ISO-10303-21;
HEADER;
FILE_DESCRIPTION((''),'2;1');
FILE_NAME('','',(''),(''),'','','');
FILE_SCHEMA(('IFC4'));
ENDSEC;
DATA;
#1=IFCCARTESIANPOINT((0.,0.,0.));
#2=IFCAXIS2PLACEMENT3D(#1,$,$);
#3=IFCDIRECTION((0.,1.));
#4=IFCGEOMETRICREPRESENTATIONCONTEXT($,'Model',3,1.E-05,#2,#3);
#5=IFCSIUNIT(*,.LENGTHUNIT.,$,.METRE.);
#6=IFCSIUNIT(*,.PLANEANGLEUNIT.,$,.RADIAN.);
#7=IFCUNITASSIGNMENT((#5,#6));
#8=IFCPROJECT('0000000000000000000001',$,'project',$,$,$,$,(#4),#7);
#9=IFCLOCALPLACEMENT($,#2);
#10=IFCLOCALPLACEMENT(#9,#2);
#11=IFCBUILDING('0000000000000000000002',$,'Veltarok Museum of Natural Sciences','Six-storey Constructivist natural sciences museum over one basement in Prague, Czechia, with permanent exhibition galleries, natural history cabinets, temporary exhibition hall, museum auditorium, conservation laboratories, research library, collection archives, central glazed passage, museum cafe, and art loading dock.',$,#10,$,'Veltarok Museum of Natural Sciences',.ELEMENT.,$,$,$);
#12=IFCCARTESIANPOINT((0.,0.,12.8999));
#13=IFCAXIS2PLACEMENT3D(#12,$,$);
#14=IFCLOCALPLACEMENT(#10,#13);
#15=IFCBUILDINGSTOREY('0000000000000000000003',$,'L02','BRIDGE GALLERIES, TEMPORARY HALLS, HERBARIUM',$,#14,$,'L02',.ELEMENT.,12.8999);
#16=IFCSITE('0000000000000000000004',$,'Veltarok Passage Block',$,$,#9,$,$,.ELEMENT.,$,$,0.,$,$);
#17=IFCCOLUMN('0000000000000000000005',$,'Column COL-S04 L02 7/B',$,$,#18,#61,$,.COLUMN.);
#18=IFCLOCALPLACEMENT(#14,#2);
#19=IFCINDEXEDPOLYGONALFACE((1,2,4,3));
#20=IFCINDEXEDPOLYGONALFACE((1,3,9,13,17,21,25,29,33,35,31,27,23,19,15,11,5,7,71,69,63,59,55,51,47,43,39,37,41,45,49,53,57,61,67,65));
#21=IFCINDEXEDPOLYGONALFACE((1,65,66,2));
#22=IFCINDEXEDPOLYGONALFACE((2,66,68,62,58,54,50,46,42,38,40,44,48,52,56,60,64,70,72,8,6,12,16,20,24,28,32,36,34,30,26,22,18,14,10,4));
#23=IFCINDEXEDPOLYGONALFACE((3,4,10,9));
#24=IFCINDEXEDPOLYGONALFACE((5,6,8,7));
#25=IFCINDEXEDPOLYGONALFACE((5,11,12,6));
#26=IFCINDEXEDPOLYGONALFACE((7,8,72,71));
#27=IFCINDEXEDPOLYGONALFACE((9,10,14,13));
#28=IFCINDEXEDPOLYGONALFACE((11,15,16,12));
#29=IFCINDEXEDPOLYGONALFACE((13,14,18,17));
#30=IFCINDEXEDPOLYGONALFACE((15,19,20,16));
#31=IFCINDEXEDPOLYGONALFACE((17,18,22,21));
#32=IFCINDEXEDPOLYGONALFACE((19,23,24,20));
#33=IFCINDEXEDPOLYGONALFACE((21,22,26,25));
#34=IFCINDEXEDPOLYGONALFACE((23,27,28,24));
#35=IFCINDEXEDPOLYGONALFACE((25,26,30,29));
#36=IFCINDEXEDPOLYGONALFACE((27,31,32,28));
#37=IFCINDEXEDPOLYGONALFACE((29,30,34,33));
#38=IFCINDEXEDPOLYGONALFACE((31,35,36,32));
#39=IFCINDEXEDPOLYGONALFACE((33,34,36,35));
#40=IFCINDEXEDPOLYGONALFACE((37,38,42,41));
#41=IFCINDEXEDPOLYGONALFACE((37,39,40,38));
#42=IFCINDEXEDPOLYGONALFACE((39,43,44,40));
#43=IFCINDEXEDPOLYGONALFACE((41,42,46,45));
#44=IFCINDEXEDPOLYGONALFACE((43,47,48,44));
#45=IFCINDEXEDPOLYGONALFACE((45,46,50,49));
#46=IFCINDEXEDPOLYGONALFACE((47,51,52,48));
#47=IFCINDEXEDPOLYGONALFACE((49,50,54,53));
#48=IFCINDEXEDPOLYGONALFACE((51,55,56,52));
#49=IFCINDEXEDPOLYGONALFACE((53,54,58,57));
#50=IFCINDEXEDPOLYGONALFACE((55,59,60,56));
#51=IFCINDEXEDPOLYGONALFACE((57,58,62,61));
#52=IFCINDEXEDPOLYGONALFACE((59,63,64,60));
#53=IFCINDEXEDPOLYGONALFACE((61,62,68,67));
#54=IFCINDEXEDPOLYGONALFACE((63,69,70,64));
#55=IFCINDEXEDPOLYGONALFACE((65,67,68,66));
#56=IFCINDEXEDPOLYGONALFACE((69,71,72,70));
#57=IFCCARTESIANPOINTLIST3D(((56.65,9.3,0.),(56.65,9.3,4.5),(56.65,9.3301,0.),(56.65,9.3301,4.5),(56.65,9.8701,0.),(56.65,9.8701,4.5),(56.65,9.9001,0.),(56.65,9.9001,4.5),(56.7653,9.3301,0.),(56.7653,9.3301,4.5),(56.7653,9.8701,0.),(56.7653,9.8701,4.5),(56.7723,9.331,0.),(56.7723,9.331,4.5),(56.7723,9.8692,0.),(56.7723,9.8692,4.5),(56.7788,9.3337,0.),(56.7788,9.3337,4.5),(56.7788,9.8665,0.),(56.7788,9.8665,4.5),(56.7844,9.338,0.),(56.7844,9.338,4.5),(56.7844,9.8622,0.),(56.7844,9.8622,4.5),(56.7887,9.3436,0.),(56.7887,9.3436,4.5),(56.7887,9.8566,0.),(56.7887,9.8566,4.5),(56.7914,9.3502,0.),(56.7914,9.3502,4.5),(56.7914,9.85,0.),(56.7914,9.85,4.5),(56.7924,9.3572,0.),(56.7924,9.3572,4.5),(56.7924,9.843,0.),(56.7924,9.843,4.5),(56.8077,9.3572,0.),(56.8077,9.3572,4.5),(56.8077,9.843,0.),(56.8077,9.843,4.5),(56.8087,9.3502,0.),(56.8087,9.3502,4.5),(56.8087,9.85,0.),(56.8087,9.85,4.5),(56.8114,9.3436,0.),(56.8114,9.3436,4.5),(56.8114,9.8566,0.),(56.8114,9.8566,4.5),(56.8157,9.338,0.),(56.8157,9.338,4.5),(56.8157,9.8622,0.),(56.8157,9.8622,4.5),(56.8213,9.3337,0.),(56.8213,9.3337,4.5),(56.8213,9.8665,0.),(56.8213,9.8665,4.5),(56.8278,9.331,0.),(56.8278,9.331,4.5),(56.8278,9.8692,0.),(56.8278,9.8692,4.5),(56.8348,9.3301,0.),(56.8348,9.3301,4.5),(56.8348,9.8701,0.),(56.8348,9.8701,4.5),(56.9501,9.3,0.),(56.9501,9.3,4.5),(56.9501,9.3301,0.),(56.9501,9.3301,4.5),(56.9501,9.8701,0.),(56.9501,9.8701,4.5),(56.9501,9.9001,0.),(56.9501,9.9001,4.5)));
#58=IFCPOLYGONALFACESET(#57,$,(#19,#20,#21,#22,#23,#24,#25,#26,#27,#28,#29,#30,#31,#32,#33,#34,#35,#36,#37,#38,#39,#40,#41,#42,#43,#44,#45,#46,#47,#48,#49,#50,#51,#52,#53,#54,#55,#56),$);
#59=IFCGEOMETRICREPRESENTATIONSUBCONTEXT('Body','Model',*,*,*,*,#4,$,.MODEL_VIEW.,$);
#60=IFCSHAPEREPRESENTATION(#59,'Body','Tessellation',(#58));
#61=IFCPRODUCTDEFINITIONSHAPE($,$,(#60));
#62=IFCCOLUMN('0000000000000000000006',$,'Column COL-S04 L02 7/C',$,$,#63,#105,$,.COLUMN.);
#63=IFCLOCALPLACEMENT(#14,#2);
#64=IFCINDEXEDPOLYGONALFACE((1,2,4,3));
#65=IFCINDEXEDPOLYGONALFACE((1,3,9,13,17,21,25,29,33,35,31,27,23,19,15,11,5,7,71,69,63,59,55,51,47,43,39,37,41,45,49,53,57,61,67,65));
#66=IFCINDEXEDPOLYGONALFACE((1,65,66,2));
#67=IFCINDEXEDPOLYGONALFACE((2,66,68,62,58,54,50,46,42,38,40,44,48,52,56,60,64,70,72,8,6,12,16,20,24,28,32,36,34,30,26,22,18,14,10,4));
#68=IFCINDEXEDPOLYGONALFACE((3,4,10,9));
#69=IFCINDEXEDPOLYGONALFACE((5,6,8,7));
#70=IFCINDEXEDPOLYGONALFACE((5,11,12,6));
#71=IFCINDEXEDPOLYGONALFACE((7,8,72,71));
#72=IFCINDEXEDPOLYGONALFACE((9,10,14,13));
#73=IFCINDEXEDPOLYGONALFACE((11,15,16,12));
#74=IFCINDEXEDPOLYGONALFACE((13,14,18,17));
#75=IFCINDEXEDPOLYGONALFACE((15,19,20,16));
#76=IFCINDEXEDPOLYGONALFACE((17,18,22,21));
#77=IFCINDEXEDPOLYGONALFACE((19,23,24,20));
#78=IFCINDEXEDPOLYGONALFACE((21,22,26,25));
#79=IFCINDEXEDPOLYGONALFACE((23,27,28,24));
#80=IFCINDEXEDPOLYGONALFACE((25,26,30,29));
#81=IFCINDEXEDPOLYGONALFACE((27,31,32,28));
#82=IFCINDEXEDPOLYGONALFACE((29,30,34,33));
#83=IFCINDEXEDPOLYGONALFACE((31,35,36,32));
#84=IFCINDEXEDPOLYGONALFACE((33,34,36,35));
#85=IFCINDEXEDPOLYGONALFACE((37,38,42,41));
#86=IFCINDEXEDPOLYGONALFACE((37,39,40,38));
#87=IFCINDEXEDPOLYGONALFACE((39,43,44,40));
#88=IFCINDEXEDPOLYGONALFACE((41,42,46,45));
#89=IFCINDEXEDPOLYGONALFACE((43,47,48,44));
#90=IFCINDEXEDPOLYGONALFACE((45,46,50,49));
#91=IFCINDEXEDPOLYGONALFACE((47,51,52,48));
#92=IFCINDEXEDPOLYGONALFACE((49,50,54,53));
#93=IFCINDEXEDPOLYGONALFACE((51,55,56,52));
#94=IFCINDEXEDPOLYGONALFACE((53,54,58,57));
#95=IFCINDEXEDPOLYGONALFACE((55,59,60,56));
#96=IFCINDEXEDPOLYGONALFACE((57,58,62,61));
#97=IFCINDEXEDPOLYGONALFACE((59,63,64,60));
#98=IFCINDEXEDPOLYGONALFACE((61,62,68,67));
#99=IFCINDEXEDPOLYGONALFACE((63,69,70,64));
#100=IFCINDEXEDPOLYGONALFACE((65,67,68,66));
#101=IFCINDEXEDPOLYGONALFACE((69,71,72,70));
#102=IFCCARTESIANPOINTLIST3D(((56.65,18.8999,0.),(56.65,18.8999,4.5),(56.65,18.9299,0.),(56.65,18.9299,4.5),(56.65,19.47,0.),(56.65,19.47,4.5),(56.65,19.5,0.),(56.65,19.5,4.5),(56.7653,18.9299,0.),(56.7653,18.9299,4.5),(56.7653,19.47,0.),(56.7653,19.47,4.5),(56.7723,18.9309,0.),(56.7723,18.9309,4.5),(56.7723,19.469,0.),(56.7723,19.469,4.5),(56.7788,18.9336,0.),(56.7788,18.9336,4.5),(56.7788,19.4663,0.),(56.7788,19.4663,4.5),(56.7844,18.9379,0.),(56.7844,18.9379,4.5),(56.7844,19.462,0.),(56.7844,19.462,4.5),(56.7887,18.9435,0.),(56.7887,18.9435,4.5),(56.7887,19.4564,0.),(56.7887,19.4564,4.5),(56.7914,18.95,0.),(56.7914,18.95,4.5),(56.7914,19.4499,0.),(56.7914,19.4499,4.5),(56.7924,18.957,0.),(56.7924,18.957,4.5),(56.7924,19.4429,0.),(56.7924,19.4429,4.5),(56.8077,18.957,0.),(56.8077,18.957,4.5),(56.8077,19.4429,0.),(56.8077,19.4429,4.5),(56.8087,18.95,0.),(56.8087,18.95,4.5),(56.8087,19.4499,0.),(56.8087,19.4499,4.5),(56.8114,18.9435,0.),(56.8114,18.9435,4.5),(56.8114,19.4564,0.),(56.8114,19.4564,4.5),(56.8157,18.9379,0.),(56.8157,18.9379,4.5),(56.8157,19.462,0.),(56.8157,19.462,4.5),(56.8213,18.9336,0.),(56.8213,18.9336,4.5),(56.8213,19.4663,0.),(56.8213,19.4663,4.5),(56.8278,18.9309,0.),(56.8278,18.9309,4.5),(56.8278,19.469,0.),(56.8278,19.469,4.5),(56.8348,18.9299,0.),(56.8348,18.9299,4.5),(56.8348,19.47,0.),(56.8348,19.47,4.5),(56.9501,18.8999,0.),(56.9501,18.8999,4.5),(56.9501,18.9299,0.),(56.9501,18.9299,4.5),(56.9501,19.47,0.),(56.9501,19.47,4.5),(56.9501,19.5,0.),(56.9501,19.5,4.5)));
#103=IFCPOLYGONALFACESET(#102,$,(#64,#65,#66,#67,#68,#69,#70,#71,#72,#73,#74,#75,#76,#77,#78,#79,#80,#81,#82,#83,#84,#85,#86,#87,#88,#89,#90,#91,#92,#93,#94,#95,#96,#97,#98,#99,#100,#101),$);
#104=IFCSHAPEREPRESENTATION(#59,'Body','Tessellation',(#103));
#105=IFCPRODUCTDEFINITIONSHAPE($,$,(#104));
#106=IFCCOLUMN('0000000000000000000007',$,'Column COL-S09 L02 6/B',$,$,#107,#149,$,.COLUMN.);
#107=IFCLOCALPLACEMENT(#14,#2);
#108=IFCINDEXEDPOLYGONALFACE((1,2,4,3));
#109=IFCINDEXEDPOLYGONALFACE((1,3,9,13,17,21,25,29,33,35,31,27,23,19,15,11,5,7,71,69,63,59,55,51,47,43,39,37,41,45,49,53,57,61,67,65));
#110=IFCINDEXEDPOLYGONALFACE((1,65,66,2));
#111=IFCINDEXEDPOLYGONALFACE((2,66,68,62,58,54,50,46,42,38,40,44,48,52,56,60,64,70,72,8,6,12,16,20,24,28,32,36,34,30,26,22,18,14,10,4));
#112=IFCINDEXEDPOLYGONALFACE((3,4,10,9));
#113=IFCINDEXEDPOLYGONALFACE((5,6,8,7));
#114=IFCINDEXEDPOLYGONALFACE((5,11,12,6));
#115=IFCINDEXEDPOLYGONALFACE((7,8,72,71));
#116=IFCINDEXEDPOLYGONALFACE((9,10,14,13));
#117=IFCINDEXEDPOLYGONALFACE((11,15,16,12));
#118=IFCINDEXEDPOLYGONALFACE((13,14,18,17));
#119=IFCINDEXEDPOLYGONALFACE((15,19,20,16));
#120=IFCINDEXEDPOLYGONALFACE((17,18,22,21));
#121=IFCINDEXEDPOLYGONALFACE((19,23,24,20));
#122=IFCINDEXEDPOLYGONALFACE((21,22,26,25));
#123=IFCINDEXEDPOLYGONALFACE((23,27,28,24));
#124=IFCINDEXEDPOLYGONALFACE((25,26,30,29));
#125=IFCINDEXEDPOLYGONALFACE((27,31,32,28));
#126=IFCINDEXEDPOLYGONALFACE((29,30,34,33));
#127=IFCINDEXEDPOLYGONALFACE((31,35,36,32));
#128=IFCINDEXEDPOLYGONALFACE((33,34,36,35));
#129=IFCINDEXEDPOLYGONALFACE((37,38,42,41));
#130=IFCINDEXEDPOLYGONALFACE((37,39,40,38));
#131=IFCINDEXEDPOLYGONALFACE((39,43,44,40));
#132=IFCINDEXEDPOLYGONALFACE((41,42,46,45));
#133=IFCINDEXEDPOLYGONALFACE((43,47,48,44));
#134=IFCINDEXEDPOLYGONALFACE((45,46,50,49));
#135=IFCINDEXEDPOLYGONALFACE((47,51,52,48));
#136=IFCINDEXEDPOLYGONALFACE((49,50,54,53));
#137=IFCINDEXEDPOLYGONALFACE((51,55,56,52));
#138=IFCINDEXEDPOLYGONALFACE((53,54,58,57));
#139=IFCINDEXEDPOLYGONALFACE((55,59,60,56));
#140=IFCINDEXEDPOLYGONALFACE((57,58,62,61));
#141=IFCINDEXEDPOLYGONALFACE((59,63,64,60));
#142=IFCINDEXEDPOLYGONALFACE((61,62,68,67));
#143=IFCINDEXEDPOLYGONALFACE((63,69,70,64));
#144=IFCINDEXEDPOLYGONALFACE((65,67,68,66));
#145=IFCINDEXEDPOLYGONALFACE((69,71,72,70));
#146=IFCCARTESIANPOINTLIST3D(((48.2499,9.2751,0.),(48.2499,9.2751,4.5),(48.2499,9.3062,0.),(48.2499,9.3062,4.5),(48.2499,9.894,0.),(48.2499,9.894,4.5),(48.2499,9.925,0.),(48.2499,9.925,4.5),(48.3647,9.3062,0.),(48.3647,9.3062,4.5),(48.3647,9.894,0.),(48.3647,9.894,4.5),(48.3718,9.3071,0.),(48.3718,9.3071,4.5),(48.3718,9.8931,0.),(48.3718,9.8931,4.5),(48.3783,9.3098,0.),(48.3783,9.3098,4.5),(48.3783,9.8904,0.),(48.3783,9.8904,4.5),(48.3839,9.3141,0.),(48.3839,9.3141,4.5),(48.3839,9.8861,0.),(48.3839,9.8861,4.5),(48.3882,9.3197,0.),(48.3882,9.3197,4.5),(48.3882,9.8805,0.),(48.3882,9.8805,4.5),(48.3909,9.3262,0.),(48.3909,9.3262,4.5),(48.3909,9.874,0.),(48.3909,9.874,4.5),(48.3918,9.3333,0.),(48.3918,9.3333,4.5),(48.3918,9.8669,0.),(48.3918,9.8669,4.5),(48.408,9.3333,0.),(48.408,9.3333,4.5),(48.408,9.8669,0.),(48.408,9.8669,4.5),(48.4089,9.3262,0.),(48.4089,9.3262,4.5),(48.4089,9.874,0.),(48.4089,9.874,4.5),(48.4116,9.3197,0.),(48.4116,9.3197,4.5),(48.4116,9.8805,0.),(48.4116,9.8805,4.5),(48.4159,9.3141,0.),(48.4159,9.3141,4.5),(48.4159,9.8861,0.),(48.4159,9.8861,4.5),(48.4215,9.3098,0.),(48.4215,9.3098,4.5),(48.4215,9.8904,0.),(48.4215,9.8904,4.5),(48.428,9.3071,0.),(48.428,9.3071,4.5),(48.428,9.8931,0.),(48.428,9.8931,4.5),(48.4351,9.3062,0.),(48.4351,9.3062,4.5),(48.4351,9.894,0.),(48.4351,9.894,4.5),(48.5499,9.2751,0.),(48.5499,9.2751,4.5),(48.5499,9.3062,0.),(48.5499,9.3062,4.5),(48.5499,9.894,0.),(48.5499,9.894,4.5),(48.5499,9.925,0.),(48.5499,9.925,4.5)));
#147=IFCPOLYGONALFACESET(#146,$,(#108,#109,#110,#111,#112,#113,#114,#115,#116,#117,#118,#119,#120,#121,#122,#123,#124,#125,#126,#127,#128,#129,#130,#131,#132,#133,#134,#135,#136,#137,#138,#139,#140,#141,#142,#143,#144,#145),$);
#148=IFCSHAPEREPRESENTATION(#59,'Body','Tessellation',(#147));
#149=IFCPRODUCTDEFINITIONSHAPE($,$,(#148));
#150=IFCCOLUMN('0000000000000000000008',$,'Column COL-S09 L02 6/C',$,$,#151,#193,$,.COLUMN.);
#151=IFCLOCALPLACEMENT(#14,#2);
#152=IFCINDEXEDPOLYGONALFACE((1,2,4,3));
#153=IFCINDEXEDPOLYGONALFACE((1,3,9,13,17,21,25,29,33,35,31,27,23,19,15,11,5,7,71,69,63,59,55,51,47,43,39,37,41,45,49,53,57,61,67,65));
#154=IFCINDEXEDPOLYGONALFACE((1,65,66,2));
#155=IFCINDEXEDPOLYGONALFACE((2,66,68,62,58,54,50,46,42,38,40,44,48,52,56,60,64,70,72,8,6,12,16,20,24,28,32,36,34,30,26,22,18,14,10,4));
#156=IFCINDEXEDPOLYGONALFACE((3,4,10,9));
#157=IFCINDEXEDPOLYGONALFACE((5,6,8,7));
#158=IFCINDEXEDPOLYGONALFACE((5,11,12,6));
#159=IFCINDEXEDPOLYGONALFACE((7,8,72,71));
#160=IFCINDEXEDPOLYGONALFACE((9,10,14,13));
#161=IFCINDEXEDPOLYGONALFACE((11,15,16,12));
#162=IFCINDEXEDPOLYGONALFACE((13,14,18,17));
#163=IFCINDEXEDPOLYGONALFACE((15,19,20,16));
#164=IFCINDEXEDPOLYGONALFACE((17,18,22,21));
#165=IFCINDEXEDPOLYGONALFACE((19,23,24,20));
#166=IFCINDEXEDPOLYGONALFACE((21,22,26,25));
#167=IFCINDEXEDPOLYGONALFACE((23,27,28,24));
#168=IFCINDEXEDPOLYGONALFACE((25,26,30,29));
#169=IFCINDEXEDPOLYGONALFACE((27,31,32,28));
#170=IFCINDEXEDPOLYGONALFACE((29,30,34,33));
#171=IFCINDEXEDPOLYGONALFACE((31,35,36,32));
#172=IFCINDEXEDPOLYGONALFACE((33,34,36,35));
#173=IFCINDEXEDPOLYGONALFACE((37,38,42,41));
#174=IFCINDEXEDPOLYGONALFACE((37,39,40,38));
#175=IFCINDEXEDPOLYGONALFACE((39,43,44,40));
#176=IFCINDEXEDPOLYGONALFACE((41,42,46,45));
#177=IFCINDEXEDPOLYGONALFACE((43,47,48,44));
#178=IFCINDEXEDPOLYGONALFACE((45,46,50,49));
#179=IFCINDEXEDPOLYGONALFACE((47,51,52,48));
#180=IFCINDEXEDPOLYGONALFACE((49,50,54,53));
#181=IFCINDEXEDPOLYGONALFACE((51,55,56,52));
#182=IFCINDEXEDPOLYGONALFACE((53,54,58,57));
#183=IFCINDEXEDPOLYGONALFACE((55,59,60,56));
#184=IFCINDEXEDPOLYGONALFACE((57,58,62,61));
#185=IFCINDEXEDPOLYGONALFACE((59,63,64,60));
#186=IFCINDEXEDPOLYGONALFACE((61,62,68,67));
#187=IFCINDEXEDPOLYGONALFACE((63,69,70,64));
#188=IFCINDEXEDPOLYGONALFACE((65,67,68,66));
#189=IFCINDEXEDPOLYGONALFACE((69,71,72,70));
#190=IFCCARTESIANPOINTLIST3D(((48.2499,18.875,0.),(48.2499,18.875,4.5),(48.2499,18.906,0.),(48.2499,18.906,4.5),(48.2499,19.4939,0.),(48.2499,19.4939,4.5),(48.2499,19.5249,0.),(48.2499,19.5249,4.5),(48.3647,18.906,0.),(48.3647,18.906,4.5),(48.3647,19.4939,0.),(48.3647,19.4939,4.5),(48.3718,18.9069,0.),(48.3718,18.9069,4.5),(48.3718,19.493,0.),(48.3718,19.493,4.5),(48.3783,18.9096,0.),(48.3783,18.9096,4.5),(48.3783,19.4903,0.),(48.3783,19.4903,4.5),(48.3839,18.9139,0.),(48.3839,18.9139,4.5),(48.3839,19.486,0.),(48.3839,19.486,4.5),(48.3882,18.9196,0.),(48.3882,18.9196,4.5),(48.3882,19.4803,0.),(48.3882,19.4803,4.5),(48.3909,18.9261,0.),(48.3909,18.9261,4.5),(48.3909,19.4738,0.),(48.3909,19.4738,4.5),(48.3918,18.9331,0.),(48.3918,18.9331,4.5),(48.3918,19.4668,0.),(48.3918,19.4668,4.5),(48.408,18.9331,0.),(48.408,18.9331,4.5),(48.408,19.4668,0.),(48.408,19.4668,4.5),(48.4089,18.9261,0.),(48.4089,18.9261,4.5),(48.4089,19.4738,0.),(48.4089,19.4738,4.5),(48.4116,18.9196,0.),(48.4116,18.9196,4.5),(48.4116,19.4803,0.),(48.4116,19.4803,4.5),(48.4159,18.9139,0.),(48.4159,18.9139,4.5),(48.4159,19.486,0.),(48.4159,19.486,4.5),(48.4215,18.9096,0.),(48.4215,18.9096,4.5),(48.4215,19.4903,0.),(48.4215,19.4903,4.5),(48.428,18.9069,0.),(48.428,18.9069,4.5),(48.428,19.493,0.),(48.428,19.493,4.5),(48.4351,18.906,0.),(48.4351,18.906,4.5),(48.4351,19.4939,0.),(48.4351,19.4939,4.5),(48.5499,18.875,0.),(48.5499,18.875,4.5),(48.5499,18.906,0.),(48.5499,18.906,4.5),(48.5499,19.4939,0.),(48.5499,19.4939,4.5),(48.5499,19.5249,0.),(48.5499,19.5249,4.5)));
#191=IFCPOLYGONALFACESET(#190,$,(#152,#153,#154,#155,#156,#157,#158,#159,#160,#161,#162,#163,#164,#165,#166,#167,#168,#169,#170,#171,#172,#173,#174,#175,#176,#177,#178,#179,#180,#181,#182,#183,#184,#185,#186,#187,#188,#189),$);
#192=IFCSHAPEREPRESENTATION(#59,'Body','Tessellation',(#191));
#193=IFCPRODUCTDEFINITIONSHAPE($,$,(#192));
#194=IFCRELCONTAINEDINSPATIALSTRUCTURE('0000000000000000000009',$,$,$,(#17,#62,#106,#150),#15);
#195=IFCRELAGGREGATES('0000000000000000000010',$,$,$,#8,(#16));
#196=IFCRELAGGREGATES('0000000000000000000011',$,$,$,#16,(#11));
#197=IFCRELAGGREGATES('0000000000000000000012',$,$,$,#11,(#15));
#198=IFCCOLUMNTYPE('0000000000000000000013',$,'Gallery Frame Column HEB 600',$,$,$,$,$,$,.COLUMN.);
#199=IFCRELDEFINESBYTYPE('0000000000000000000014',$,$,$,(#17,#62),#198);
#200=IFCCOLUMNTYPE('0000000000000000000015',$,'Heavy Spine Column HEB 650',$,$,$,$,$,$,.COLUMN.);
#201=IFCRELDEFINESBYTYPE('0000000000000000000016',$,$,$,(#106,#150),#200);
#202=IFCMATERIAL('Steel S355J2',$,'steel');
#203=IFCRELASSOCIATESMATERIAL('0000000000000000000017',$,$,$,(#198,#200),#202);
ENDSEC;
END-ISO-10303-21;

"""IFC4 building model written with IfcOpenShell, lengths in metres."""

from ifc_helpers import new_model, si_unit, direction, frame, origin, origin_2d, place, context, subcontext, project, spatial, i_section, extrude, material, material_profile, profile_set, type_object, element, save


model = new_model("IFC4")

# Units and contexts
model_context = context("Model", 3, precision=1e-05, world=origin(), true_north=direction((0.0, 1.0)))
body_context = subcontext(model_context, "Body", "Model", "MODEL_VIEW")
ifc_project = project(units=[si_unit("LENGTHUNIT", "METRE"), si_unit("PLANEANGLEUNIT", "RADIAN")], contexts=[model_context])

# Site, building, storey
site_placement = place(None, origin())
site = spatial("IfcSite", under=ifc_project, at=site_placement, Name="Veltarok Passage Block", CompositionType="ELEMENT", RefElevation=0.0)
building_placement = place(site_placement, origin())
building = spatial("IfcBuilding", under=site, at=building_placement, Name="Veltarok Museum of Natural Sciences", Description="Six-storey Constructivist natural sciences museum over one basement in Prague, Czechia, with permanent exhibition galleries, natural history cabinets, temporary exhibition hall, museum auditorium, conservation laboratories, research library, collection archives, central glazed passage, museum cafe, and art loading dock.", LongName="Veltarok Museum of Natural Sciences", CompositionType="ELEMENT")
storey_placement = place(building_placement, frame((0.0, 0.0, 12.8999)))
storey = spatial("IfcBuildingStorey", under=building, at=storey_placement, Name="L02", Description="BRIDGE GALLERIES, TEMPORARY HALLS, HERBARIUM", LongName="L02", CompositionType="ELEMENT", Elevation=12.8999)

# Columns
ifc_material_1 = material(Name="Steel S355J2", Category="steel")
ifc_material_profile_1 = material_profile(ifc_material_1, i_section(OverallWidth=0.3, OverallDepth=0.6001, WebThickness=0.0154, FlangeThickness=0.03, FilletRadius=0.0271, at=origin_2d()), Name="HEB 600")
ifc_profile_set_1 = profile_set([ifc_material_profile_1], Name="Steel S355J2")
column_type_1 = type_object("IfcColumnType", Name="Gallery Frame Column HEB 600", PredefinedType="COLUMN", material=ifc_profile_set_1)
for number, where, z_axis, x_axis, name in (
    (1, (56.8, 9.6001, 0.0), (0.0, 0.0, 1.0), (1.0, 0.0, 0.0), "Column COL-S04 L02 7/B"),
    (2, (56.8, 19.2, 0.0), (0.0, 0.0, 1.0), (1.0, 0.0, 0.0), "Column COL-S04 L02 7/C"),
):
    element("IfcColumn", number, at=place(storey_placement, frame(where, z_axis=z_axis, x_axis=x_axis)), inside=storey, type_object=column_type_1, Name=name, PredefinedType="COLUMN", context=body_context, shape_type="SweptSolid", body=[
        extrude(i_section(OverallWidth=0.3, OverallDepth=0.6001, WebThickness=0.0154, FlangeThickness=0.03, FilletRadius=0.0271, at=origin_2d()), origin(), (0.0, 0.0, 1.0), 4.5),
    ])
ifc_material_profile_2 = material_profile(ifc_material_1, i_section(OverallWidth=0.3, OverallDepth=0.6499, WebThickness=0.0161, FlangeThickness=0.031, FilletRadius=0.0271, at=origin_2d()), Name="HEB 650")
ifc_profile_set_2 = profile_set([ifc_material_profile_2], Name="Steel S355J2")
column_type_2 = type_object("IfcColumnType", Name="Heavy Spine Column HEB 650", PredefinedType="COLUMN", material=ifc_profile_set_2)
for number, where, z_axis, x_axis, name in (
    (3, (48.3999, 9.6001, 0.0), (0.0, 0.0, 1.0), (1.0, 0.0, 0.0), "Column COL-S09 L02 6/B"),
    (4, (48.3999, 19.2, 0.0), (0.0, 0.0, 1.0), (1.0, 0.0, 0.0), "Column COL-S09 L02 6/C"),
):
    element("IfcColumn", number, at=place(storey_placement, frame(where, z_axis=z_axis, x_axis=x_axis)), inside=storey, type_object=column_type_2, Name=name, PredefinedType="COLUMN", context=body_context, shape_type="SweptSolid", body=[
        extrude(i_section(OverallWidth=0.3, OverallDepth=0.6499, WebThickness=0.0161, FlangeThickness=0.031, FilletRadius=0.0271, at=origin_2d()), origin(), (0.0, 0.0, 1.0), 4.5),
    ])

save(model, "model.ifc")
